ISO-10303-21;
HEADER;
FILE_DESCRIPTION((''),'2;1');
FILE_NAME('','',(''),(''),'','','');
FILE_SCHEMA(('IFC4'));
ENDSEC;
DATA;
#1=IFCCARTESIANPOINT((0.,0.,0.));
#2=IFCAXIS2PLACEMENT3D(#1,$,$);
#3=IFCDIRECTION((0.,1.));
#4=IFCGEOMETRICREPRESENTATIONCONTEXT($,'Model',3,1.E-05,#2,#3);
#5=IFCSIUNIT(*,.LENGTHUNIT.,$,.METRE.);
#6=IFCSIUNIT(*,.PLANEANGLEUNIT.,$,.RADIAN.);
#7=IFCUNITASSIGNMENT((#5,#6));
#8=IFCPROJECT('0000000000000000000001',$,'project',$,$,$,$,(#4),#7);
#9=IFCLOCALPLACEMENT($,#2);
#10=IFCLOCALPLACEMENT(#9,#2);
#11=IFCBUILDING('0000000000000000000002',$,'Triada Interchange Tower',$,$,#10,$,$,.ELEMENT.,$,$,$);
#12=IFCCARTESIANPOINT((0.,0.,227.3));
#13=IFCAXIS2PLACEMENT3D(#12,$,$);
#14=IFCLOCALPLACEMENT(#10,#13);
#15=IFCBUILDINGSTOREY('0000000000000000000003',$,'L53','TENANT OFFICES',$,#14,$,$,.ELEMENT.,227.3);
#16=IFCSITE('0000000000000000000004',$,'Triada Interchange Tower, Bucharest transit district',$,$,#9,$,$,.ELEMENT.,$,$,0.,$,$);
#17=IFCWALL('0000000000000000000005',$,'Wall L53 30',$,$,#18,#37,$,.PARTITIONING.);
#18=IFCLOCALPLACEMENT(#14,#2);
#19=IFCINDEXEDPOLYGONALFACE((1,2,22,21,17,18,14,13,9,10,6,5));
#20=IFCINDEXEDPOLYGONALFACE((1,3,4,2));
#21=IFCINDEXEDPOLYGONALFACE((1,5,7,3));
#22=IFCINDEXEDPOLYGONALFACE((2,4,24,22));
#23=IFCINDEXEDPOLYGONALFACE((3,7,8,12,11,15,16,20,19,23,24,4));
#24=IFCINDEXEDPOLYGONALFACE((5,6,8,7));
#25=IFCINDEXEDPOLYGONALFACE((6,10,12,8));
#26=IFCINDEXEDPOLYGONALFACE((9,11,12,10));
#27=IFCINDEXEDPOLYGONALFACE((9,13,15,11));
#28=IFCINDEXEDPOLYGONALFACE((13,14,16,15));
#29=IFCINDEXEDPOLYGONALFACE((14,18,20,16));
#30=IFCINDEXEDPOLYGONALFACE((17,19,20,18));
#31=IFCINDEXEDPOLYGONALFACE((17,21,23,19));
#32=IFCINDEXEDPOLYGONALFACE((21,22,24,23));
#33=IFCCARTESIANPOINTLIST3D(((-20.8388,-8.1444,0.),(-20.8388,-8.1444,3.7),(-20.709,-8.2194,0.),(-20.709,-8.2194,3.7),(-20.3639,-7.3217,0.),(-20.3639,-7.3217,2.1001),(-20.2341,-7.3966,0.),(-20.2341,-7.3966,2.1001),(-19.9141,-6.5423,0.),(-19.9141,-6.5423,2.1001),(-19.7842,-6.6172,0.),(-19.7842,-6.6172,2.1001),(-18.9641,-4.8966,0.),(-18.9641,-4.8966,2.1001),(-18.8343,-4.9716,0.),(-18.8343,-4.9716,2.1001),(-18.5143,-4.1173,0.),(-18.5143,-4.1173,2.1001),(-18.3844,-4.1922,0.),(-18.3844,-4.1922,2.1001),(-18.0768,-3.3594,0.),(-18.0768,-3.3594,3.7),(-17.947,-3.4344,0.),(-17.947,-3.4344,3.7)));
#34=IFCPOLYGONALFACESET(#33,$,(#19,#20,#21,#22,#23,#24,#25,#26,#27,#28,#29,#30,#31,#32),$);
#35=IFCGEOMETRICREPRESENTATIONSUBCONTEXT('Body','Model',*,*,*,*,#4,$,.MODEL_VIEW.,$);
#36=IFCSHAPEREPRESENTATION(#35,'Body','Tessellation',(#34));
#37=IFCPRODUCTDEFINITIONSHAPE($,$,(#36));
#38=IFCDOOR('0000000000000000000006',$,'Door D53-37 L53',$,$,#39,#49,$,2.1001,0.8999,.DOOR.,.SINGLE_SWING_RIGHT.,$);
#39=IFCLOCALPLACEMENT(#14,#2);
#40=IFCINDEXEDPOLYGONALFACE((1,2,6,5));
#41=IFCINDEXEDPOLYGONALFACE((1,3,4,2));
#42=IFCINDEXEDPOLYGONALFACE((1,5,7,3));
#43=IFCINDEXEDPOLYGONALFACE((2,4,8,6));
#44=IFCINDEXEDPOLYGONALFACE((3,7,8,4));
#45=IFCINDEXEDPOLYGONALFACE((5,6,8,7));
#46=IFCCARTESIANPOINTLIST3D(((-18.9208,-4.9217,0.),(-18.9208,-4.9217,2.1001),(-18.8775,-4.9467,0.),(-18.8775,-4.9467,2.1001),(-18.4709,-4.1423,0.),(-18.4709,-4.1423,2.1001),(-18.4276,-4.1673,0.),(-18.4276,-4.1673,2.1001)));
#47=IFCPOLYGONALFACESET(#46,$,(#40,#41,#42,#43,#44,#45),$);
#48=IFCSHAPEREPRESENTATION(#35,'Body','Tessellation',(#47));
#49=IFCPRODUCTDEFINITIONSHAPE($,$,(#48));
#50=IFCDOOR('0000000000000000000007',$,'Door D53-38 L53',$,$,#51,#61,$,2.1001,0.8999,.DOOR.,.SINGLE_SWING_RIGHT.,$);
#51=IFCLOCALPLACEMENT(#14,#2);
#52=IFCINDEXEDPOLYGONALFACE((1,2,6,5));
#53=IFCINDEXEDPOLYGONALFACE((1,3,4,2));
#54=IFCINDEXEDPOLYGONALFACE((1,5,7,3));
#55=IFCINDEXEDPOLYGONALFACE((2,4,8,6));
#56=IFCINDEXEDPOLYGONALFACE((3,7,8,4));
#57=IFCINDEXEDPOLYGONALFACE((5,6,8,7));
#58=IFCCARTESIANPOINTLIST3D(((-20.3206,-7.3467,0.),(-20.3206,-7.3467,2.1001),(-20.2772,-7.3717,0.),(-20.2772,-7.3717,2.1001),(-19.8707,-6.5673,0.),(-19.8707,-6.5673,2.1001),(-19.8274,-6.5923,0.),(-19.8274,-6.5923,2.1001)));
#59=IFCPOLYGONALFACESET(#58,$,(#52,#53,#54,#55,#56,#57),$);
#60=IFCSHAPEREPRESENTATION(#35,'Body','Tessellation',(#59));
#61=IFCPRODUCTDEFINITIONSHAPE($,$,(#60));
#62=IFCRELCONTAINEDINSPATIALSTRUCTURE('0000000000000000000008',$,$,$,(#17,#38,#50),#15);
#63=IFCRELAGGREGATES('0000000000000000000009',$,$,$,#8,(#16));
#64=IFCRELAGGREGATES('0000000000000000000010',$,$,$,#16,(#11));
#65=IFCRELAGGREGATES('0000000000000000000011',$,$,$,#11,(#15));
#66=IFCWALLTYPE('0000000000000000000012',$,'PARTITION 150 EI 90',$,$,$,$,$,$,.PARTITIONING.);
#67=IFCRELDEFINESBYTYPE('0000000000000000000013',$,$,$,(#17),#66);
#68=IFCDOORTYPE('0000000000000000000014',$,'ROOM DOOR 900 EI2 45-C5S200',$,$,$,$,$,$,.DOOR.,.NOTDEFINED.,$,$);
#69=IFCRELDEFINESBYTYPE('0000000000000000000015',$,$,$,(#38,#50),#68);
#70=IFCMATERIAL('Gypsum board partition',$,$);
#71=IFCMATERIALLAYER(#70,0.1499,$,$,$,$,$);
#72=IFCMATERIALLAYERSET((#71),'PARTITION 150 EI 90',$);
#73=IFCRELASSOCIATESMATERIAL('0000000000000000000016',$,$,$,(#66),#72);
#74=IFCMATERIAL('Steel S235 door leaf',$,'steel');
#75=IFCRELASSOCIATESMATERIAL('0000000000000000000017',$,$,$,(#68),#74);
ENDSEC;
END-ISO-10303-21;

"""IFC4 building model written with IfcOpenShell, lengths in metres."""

from ifc_helpers import new_model, si_unit, direction, frame, frame_2d, origin, place, context, subcontext, project, spatial, rectangle, extrude, material, layer, layer_set, type_object, element, fill, save


model = new_model("IFC4")

# Units and contexts
model_context = context("Model", 3, precision=1e-05, world=origin(), true_north=direction((0.0, 1.0)))
body_context = subcontext(model_context, "Body", "Model", "MODEL_VIEW")
ifc_project = project(units=[si_unit("LENGTHUNIT", "METRE"), si_unit("PLANEANGLEUNIT", "RADIAN")], contexts=[model_context])

# Site, building, storey
site_placement = place(None, origin())
site = spatial("IfcSite", under=ifc_project, at=site_placement, Name="Triada Interchange Tower, Bucharest transit district", CompositionType="ELEMENT", RefElevation=0.0)
building_placement = place(site_placement, origin())
building = spatial("IfcBuilding", under=site, at=building_placement, Name="Triada Interchange Tower", CompositionType="ELEMENT")
storey_placement = place(building_placement, frame((0.0, 0.0, 227.3)))
storey = spatial("IfcBuildingStorey", under=building, at=storey_placement, Name="L53", Description="TENANT OFFICES", CompositionType="ELEMENT", Elevation=227.3)

# Wall, openings, doors
ifc_material_1 = material(Name="Gypsum board partition")
ifc_material_2 = material(Name="Steel S235 door leaf", Category="steel")
ifc_layer_1 = layer(ifc_material_1, 0.1499)
ifc_layer_set_1 = layer_set([ifc_layer_1], Name="PARTITION 150 EI 90")
wall_type_1 = type_object("IfcWallType", Name="PARTITION 150 EI 90", PredefinedType="PARTITIONING", material=ifc_layer_set_1)
wall_1_placement = place(storey_placement, frame((-20.7739, -8.1819, 0.0), z_axis=(0.0, 0.0, 1.0), x_axis=(0.499918, 0.866073, 0.0)))
wall_1 = element("IfcWall", 1, at=wall_1_placement, inside=storey, type_object=wall_type_1, Name="Wall L53 30", PredefinedType="PARTITIONING", context=body_context, shape_type="SweptSolid", body=[
    extrude(rectangle(XDim=5.5249, YDim=0.1499, at=frame_2d((2.7625, 0.0))), origin(), (0.0, 0.0, 1.0), 3.7),
])
opening_1_placement = place(wall_1_placement, frame((3.75, 0.0, 0.0)))
opening_1 = element("IfcOpeningElement", 2, at=opening_1_placement, cuts=wall_1, PredefinedType="OPENING", context=body_context, shape_type="SweptSolid", body=[
    extrude(rectangle(XDim=0.8999, YDim=2.1001, at=frame_2d((0.45, 1.05))), frame((0.0, 0.085, 0.0), z_axis=(0.0, -1.0, 0.0), x_axis=(1.0, 0.0, 0.0)), (0.0, 0.0, 1.0), 0.1699),
])
opening_2_placement = place(wall_1_placement, frame((0.95, 0.0, 0.0)))
opening_2 = element("IfcOpeningElement", 3, at=opening_2_placement, cuts=wall_1, PredefinedType="OPENING", context=body_context, shape_type="SweptSolid", body=[
    extrude(rectangle(XDim=0.8999, YDim=2.1001, at=frame_2d((0.45, 1.05))), frame((0.0, 0.085, 0.0), z_axis=(0.0, -1.0, 0.0), x_axis=(1.0, 0.0, 0.0)), (0.0, 0.0, 1.0), 0.1699),
])
door_type_1 = type_object("IfcDoorType", Name="ROOM DOOR 900 EI2 45-C5S200", OperationType="NOTDEFINED", PredefinedType="DOOR", material=ifc_material_2)
door_1_placement = place(opening_1_placement, origin())
door_1 = element("IfcDoor", 4, at=door_1_placement, inside=storey, type_object=door_type_1, Name="Door D53-37 L53", OperationType="SINGLE_SWING_RIGHT", OverallHeight=2.1001, OverallWidth=0.8999, PredefinedType="DOOR", context=body_context, shape_type="SweptSolid", body=[
    extrude(rectangle(XDim=0.8999, YDim=2.1001, at=frame_2d((0.45, 1.05))), frame((0.0, 0.0249, 0.0), z_axis=(0.0, -1.0, 0.0), x_axis=(1.0, 0.0, 0.0)), (0.0, 0.0, 1.0), 0.05),
])
fill(opening_1, door_1)
door_2_placement = place(opening_2_placement, origin())
door_2 = element("IfcDoor", 5, at=door_2_placement, inside=storey, type_object=door_type_1, Name="Door D53-38 L53", OperationType="SINGLE_SWING_RIGHT", OverallHeight=2.1001, OverallWidth=0.8999, PredefinedType="DOOR", context=body_context, shape_type="SweptSolid", body=[
    extrude(rectangle(XDim=0.8999, YDim=2.1001, at=frame_2d((0.45, 1.05))), frame((0.0, 0.0249, 0.0), z_axis=(0.0, -1.0, 0.0), x_axis=(1.0, 0.0, 0.0)), (0.0, 0.0, 1.0), 0.05),
])
fill(opening_2, door_2)

save(model, "model.ifc")
